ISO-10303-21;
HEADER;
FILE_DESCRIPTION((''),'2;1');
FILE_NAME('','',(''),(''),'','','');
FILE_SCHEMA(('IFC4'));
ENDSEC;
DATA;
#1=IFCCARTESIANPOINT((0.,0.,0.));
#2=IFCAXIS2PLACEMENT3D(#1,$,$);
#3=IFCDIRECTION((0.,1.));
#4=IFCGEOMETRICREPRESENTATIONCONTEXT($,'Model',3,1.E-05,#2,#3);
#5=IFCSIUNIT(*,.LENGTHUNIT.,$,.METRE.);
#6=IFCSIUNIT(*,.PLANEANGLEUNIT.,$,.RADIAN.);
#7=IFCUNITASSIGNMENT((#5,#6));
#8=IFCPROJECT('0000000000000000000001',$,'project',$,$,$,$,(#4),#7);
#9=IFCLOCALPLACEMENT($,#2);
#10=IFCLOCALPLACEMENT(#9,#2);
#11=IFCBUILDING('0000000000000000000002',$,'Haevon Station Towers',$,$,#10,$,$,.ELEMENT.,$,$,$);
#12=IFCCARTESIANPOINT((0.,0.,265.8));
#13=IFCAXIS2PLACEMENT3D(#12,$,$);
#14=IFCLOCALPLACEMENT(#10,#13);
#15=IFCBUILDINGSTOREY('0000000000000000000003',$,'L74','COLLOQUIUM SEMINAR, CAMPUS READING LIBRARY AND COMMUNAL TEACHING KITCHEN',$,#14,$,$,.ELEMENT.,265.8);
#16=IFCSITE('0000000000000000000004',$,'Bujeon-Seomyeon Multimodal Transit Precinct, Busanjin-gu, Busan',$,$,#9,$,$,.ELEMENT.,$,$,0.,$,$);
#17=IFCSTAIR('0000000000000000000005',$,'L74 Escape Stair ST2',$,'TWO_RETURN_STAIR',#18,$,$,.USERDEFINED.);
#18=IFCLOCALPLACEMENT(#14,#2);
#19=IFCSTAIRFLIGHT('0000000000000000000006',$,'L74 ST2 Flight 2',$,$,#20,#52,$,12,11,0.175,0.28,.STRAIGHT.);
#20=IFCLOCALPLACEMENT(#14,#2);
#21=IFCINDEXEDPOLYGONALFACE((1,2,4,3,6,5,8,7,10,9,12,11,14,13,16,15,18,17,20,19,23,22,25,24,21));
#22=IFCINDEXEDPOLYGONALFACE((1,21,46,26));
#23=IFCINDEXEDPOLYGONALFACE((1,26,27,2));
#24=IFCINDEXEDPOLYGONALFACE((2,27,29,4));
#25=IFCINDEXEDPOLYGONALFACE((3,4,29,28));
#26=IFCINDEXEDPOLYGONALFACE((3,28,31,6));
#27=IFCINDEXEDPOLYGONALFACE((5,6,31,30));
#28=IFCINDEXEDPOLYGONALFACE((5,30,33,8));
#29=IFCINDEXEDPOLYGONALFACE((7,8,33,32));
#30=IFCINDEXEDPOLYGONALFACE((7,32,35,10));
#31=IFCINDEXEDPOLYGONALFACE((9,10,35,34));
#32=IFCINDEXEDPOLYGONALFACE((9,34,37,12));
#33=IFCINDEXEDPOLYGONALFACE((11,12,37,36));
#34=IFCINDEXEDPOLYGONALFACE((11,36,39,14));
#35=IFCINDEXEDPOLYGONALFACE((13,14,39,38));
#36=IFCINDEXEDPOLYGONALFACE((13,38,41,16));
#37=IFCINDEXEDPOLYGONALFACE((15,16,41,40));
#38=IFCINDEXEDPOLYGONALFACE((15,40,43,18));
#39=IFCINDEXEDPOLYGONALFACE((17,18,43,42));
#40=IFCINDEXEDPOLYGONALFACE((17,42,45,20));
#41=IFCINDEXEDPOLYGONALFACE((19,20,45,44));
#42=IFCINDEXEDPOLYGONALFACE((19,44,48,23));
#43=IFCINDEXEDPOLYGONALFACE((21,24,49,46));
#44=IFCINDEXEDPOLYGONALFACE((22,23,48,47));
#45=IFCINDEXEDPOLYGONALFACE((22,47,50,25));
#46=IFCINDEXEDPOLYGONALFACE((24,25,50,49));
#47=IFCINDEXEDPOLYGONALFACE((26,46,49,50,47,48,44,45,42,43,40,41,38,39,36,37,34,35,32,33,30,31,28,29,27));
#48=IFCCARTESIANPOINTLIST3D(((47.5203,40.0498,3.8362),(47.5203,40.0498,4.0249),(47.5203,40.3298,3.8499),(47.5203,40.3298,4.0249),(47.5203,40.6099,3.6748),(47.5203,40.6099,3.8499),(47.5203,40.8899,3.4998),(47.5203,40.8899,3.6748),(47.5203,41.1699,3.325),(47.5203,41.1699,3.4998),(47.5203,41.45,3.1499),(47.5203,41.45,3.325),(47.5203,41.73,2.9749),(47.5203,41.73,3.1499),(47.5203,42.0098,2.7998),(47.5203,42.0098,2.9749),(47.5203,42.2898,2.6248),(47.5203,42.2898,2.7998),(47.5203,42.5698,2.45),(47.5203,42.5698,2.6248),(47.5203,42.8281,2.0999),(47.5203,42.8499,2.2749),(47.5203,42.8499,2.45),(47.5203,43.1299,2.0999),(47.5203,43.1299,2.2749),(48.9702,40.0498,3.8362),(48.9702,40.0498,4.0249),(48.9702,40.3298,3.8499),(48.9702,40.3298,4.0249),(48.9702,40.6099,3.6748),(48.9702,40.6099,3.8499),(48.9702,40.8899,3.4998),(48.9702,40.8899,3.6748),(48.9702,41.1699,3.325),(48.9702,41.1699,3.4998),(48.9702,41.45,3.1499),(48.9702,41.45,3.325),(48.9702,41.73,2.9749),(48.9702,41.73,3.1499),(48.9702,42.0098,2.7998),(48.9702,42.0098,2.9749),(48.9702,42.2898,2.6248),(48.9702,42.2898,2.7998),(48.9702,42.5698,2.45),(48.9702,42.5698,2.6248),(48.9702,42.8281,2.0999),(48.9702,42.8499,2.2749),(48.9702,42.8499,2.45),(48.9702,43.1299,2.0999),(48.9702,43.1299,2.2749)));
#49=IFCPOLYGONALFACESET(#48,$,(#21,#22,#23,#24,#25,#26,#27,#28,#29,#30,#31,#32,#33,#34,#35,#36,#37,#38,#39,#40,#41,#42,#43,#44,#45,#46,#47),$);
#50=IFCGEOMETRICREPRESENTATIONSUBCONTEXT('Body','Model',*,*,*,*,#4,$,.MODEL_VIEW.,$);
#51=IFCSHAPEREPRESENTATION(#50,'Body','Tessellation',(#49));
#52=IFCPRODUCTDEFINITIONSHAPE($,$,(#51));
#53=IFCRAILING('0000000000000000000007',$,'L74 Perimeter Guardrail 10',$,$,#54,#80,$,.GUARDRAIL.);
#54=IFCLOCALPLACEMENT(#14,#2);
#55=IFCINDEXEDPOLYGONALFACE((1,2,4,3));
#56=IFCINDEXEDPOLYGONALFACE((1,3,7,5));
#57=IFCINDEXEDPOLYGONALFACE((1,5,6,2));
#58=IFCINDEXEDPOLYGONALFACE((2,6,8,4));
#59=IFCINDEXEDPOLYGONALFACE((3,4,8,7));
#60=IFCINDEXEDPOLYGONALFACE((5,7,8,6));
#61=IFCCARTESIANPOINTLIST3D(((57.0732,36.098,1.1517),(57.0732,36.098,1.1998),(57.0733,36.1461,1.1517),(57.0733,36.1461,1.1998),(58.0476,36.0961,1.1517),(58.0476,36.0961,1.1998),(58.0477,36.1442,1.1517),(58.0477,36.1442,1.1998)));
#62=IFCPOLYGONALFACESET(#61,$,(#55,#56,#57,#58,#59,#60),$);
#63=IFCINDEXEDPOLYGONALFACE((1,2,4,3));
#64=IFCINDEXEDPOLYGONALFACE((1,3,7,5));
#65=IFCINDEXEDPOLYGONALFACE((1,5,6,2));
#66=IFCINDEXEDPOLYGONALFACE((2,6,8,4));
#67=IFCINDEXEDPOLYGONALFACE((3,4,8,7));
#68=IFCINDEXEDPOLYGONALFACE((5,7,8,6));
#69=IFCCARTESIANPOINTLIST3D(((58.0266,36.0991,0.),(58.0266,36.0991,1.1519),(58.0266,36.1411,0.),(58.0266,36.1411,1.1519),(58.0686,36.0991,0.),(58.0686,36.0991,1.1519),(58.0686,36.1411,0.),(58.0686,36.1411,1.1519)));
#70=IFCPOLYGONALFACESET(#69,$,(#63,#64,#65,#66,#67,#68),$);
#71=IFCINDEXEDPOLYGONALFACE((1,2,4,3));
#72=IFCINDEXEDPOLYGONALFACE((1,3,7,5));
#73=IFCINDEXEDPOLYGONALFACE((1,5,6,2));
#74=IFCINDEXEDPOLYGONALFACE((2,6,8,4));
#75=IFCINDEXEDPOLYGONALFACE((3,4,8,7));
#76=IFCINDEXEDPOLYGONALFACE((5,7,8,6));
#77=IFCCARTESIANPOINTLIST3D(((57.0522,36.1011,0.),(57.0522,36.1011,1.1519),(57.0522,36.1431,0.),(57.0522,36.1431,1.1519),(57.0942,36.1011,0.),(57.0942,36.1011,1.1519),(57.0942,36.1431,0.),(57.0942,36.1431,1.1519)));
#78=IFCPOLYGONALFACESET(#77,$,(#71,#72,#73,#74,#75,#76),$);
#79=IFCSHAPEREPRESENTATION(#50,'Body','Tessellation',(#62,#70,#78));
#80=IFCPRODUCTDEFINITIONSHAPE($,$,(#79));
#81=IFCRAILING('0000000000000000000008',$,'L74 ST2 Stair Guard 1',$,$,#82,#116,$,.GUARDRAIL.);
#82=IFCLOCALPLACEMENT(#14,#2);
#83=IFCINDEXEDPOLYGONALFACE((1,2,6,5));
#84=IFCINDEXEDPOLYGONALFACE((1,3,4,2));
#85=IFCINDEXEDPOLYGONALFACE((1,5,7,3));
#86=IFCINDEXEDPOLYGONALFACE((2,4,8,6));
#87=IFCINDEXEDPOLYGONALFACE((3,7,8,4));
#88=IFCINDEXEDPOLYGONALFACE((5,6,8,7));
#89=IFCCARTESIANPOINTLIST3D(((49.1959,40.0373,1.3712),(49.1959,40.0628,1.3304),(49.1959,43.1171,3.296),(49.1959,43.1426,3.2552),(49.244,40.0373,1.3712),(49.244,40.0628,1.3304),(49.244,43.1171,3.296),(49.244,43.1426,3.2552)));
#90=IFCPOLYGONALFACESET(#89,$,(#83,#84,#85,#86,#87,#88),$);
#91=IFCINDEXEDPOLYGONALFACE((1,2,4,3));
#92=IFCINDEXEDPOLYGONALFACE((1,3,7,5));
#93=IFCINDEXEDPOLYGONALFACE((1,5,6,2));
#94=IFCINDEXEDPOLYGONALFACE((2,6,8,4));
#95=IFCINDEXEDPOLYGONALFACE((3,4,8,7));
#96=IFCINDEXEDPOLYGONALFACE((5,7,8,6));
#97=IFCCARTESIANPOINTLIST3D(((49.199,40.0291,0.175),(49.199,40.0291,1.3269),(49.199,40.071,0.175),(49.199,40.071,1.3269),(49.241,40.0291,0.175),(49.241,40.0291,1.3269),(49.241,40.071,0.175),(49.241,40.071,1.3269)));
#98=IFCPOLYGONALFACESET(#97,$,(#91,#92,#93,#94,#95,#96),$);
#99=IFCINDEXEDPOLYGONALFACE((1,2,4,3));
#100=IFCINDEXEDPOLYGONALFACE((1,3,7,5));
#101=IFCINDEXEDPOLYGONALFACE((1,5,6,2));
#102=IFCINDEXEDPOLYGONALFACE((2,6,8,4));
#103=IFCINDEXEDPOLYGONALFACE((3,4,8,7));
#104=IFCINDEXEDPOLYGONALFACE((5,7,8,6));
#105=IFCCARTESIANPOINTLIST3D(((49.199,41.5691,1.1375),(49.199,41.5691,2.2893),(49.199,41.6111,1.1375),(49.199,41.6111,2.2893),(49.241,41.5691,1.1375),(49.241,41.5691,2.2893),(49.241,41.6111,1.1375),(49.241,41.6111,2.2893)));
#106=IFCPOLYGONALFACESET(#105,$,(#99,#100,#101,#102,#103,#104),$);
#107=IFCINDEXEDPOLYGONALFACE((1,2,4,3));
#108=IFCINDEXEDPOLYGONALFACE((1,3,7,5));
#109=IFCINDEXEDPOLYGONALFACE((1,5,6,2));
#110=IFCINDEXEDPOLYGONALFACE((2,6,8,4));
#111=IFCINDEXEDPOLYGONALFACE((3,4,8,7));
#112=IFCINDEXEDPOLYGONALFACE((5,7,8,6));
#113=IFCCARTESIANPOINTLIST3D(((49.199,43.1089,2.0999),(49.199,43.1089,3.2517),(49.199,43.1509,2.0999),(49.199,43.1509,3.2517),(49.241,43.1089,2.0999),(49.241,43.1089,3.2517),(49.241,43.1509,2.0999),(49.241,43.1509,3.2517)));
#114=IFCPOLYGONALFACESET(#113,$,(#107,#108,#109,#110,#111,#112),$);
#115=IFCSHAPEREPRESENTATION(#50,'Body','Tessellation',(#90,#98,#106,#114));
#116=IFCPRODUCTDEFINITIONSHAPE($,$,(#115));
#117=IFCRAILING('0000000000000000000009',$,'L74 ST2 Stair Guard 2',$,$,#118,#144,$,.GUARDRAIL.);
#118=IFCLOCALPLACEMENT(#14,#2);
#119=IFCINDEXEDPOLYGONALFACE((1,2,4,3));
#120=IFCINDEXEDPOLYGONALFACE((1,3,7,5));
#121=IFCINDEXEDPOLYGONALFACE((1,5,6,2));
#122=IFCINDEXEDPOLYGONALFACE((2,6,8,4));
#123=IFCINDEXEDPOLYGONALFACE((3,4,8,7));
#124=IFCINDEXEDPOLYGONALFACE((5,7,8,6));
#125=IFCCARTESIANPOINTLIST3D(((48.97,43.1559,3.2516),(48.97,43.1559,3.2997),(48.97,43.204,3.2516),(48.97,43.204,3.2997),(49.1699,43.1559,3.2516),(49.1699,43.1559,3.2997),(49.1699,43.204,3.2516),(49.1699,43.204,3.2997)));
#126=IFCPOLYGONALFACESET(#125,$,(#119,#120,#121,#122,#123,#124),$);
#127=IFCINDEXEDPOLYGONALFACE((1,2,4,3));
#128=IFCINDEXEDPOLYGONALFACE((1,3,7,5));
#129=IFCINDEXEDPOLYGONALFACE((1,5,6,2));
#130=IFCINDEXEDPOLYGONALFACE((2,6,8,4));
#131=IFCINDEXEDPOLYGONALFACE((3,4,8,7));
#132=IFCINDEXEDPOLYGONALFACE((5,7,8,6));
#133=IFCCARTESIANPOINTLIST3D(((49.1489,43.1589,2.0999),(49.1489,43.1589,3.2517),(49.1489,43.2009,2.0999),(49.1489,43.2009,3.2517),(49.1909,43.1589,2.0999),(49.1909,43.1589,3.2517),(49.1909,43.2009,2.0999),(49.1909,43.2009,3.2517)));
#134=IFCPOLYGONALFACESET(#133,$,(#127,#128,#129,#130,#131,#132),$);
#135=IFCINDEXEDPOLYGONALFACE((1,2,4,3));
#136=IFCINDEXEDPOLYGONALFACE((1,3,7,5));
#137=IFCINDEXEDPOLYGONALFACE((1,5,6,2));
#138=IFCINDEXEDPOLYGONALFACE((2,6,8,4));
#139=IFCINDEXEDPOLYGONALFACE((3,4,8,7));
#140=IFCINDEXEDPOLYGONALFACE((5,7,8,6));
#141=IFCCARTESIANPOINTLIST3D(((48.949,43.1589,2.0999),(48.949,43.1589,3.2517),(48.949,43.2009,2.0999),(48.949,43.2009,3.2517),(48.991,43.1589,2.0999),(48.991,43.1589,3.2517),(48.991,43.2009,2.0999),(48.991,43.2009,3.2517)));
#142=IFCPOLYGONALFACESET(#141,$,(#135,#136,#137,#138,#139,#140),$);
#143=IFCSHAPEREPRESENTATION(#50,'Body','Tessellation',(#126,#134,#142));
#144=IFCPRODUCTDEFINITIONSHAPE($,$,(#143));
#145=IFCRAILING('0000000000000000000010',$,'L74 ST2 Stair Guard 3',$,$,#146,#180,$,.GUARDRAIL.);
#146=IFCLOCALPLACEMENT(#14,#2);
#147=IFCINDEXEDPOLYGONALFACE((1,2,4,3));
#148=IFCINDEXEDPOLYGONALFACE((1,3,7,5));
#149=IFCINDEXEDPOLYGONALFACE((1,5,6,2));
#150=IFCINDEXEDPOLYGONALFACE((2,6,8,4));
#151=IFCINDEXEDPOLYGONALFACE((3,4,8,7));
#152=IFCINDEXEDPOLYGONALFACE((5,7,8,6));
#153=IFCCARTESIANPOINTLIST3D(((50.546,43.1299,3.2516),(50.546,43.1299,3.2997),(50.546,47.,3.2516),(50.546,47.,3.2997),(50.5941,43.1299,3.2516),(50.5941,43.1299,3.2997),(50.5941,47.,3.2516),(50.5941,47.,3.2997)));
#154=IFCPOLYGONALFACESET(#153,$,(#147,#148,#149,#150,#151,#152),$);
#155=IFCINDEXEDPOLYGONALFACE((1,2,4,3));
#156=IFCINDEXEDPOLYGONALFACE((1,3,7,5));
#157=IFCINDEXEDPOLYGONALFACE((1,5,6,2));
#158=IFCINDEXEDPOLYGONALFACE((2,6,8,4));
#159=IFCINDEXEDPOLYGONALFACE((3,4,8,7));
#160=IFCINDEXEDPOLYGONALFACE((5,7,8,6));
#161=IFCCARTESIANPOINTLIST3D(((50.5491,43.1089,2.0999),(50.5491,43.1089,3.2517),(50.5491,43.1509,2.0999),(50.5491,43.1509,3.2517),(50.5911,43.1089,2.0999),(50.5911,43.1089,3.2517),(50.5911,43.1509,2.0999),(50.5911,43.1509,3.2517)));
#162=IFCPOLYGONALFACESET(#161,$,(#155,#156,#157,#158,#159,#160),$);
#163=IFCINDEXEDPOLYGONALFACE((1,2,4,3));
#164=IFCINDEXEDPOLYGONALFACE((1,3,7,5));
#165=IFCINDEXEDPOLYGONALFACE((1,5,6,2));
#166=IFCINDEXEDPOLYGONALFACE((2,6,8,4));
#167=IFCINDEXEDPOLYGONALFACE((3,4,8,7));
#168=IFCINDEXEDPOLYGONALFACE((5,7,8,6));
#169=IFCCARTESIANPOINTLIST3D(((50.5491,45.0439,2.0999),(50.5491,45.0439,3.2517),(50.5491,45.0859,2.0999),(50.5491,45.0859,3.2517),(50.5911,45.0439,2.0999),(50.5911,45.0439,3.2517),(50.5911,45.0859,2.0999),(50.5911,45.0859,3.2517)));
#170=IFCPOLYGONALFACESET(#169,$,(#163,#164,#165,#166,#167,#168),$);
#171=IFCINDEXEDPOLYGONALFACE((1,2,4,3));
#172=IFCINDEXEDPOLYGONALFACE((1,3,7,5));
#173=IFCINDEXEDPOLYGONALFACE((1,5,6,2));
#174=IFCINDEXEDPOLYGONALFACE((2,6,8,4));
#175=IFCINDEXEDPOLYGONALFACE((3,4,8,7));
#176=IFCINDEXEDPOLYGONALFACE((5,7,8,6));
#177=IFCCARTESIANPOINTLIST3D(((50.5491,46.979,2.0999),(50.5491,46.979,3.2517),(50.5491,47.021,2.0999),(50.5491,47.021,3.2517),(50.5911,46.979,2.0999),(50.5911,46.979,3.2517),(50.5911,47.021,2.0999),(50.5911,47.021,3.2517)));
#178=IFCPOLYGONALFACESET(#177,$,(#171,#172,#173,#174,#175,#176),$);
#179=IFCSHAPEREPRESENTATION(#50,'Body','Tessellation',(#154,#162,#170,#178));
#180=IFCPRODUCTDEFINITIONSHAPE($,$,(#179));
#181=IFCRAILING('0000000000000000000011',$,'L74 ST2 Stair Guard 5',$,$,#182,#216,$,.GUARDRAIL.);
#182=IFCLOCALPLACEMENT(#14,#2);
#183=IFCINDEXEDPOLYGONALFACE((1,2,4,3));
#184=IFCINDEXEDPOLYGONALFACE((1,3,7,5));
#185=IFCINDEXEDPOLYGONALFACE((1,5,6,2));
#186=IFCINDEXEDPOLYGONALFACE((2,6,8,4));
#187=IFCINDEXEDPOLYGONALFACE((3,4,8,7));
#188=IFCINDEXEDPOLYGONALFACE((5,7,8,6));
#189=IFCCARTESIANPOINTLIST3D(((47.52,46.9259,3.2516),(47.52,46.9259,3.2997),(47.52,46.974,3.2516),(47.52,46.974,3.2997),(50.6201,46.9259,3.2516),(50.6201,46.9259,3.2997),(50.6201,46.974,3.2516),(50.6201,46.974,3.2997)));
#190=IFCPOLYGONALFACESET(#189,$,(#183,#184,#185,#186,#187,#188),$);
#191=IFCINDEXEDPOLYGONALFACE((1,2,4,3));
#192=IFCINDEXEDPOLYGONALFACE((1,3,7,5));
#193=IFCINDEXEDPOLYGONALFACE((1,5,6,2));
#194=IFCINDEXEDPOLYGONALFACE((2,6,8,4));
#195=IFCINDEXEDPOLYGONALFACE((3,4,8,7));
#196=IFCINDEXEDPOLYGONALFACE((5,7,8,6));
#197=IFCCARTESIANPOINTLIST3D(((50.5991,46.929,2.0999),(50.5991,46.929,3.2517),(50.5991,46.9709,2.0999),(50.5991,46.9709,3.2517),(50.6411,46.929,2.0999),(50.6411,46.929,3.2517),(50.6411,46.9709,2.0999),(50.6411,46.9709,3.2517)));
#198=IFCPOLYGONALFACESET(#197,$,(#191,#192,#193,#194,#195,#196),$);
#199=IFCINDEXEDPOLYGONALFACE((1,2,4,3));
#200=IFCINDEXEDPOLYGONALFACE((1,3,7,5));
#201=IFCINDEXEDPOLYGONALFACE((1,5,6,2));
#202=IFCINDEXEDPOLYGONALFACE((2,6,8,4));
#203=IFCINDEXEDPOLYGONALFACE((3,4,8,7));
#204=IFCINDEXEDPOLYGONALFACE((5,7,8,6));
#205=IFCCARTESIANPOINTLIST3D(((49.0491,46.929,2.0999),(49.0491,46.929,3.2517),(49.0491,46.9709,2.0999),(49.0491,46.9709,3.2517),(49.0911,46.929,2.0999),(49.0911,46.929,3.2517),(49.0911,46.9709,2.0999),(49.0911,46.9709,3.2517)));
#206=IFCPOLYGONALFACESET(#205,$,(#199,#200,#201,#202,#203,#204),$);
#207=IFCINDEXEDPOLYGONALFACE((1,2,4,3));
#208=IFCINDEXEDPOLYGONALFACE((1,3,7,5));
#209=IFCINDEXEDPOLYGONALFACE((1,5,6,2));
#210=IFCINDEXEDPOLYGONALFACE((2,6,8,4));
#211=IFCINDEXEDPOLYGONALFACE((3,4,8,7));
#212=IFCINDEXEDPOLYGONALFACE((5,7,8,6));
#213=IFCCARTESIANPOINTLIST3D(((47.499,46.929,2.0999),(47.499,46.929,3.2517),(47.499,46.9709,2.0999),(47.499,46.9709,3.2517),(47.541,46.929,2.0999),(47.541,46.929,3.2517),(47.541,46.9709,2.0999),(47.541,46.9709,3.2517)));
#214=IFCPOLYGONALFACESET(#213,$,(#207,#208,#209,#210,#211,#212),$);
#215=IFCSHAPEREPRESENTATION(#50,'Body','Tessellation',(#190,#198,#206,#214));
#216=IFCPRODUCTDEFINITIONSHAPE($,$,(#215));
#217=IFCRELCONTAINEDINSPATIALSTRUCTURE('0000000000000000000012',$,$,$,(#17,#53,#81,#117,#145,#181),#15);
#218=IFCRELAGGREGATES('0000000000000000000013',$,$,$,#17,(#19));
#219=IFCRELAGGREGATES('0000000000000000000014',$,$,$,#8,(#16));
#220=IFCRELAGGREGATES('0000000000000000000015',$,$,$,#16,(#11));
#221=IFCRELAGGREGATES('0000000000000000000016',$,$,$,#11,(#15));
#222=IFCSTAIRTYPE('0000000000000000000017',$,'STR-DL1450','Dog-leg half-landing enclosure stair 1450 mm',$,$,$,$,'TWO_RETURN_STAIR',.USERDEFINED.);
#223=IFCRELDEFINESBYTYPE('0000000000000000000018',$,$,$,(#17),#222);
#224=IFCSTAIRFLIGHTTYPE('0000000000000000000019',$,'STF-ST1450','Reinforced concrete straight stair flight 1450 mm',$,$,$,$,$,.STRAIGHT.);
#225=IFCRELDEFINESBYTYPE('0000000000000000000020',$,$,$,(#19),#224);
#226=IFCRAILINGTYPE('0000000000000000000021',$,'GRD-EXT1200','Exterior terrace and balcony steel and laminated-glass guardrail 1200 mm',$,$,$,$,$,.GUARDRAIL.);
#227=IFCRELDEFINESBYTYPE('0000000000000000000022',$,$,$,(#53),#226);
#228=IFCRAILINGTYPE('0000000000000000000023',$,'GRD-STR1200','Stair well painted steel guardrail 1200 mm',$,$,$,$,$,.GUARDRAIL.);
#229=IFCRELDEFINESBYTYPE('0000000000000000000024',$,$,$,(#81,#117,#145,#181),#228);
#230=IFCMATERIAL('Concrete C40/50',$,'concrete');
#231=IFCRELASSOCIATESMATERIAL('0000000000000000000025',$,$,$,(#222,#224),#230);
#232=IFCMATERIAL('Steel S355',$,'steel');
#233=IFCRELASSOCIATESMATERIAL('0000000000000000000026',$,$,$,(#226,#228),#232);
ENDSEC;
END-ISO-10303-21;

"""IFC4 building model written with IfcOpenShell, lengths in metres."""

from ifc_helpers import new_model, si_unit, direction, frame, origin, origin_2d, place, context, subcontext, project, spatial, polyline, rectangle, outline, extrude, material, type_object, element, aggregate, save


model = new_model("IFC4")

# Units and contexts
model_context = context("Model", 3, precision=1e-05, world=origin(), true_north=direction((0.0, 1.0)))
body_context = subcontext(model_context, "Body", "Model", "MODEL_VIEW")
ifc_project = project(units=[si_unit("LENGTHUNIT", "METRE"), si_unit("PLANEANGLEUNIT", "RADIAN")], contexts=[model_context])

# Site, building, storey
site_placement = place(None, origin())
site = spatial("IfcSite", under=ifc_project, at=site_placement, Name="Bujeon-Seomyeon Multimodal Transit Precinct, Busanjin-gu, Busan", CompositionType="ELEMENT", RefElevation=0.0)
building_placement = place(site_placement, origin())
building = spatial("IfcBuilding", under=site, at=building_placement, Name="Haevon Station Towers", CompositionType="ELEMENT")
storey_placement = place(building_placement, frame((0.0, 0.0, 265.8)))
storey = spatial("IfcBuildingStorey", under=building, at=storey_placement, Name="L74", Description="COLLOQUIUM SEMINAR, CAMPUS READING LIBRARY AND COMMUNAL TEACHING KITCHEN", CompositionType="ELEMENT", Elevation=265.8)

# Shared definitions
ifc_material_1 = material(Name="Steel S355", Category="steel")

# Stair, stair flight
ifc_material_2 = material(Name="Concrete C40/50", Category="concrete")
stair_type = type_object("IfcStairType", Name="STR-DL1450", Description="Dog-leg half-landing enclosure stair 1450 mm", ElementType="TWO_RETURN_STAIR", PredefinedType="USERDEFINED", material=ifc_material_2)
stair_placement = place(storey_placement, origin())
stair = element("IfcStair", 1, at=stair_placement, inside=storey, type_object=stair_type, Name="L74 Escape Stair ST2", ObjectType="TWO_RETURN_STAIR", PredefinedType="USERDEFINED")
stair_flight_type = type_object("IfcStairFlightType", Name="STF-ST1450", Description="Reinforced concrete straight stair flight 1450 mm", PredefinedType="STRAIGHT", material=ifc_material_2)
stair_flight_1_placement = place(storey_placement, frame((48.2451, 43.1299, 2.0999), z_axis=(0.0, 0.0, 1.0), x_axis=(0.0, -1.0, 0.0)))
stair_flight_1 = element("IfcStairFlight", 2, at=stair_flight_1_placement, type_object=stair_flight_type, Name="L74 ST2 Flight 2", NumberOfRisers=12, NumberOfTreads=11, PredefinedType="STRAIGHT", RiserHeight=0.175, TreadLength=0.28, context=body_context, shape_type="SweptSolid", body=[
    extrude(outline(polyline([(0.0, 0.0), (0.0, 0.175), (0.28, 0.175), (0.28, 0.3501), (0.5601, 0.3501), (0.5601, 0.5249), (0.8401, 0.5249), (0.8401, 0.7), (1.1201, 0.7), (1.1201, 0.875), (1.3999, 0.875), (1.3999, 1.05), (1.6799, 1.05), (1.6799, 1.2251), (1.96, 1.2251), (1.96, 1.3999), (2.24, 1.3999), (2.24, 1.575), (2.52, 1.575), (2.52, 1.75), (2.8, 1.75), (2.8, 1.925), (3.0801, 1.925), (3.0801, 2.1001), (3.0801, 1.7363), (0.3018, 0.0), (0.0, 0.0)])), frame((0.0, 0.7251, 0.0), z_axis=(0.0, -1.0, 0.0), x_axis=(1.0, 0.0, 0.0)), (0.0, 0.0, 1.0), 1.45),
])
aggregate(stair, [stair_flight_1])

# Railings
railing_type_1 = type_object("IfcRailingType", Name="GRD-EXT1200", Description="Exterior terrace and balcony steel and laminated-glass guardrail 1200 mm", PredefinedType="GUARDRAIL", material=ifc_material_1)
railing_1_placement = place(storey_placement, frame((58.0476, 36.1201, 0.0)))
element("IfcRailing", 3, at=railing_1_placement, inside=storey, type_object=railing_type_1, Name="L74 Perimeter Guardrail 10", PredefinedType="GUARDRAIL", context=body_context, shape_type="SweptSolid", body=[
    extrude(rectangle(XDim=0.0481, YDim=0.0481, at=origin_2d()), frame((0.0, 0.0, 1.1758), z_axis=(-0.999998, 0.002005, 0.0), x_axis=(-0.002005, -0.999998, 0.0)), (0.0, 0.0, 1.0), 0.9744),
    extrude(rectangle(XDim=0.042, YDim=0.042, at=origin_2d()), origin(), (0.0, 0.0, 1.0), 1.1519),
    extrude(rectangle(XDim=0.042, YDim=0.042, at=origin_2d()), frame((-0.9744, 0.002, 0.0)), (0.0, 0.0, 1.0), 1.1519),
])
railing_type_2 = type_object("IfcRailingType", Name="GRD-STR1200", Description="Stair well painted steel guardrail 1200 mm", PredefinedType="GUARDRAIL", material=ifc_material_1)
railing_2_placement = place(storey_placement, frame((49.22, 40.05, 0.175)))
element("IfcRailing", 4, at=railing_2_placement, inside=storey, type_object=railing_type_2, Name="L74 ST2 Stair Guard 1", PredefinedType="GUARDRAIL", context=body_context, shape_type="SweptSolid", body=[
    extrude(rectangle(XDim=0.0481, YDim=0.0481, at=origin_2d()), frame((0.0, 0.0, 1.1758), z_axis=(0.0, 0.84801, 0.529981), x_axis=(-1.0, 0.0, 0.0)), (0.0, 0.0, 1.0), 3.6318),
    extrude(rectangle(XDim=0.042, YDim=0.042, at=origin_2d()), origin(), (0.0, 0.0, 1.0), 1.1519),
    extrude(rectangle(XDim=0.042, YDim=0.042, at=origin_2d()), frame((0.0, 1.54, 0.9624)), (0.0, 0.0, 1.0), 1.1519),
    extrude(rectangle(XDim=0.042, YDim=0.042, at=origin_2d()), frame((0.0, 3.0798, 1.9248)), (0.0, 0.0, 1.0), 1.1519),
])
railing_3_placement = place(storey_placement, frame((49.1699, 43.1799, 2.0999)))
element("IfcRailing", 5, at=railing_3_placement, inside=storey, type_object=railing_type_2, Name="L74 ST2 Stair Guard 2", PredefinedType="GUARDRAIL", context=body_context, shape_type="SweptSolid", body=[
    extrude(rectangle(XDim=0.0481, YDim=0.0481, at=origin_2d()), frame((0.0, 0.0, 1.1758), z_axis=(-1.0, 0.0, 0.0), x_axis=(0.0, -1.0, 0.0)), (0.0, 0.0, 1.0), 0.2),
    extrude(rectangle(XDim=0.042, YDim=0.042, at=origin_2d()), origin(), (0.0, 0.0, 1.0), 1.1519),
    extrude(rectangle(XDim=0.042, YDim=0.042, at=origin_2d()), frame((-0.2, 0.0, 0.0)), (0.0, 0.0, 1.0), 1.1519),
])
railing_4_placement = place(storey_placement, frame((50.5701, 43.1299, 2.0999)))
element("IfcRailing", 6, at=railing_4_placement, inside=storey, type_object=railing_type_2, Name="L74 ST2 Stair Guard 3", PredefinedType="GUARDRAIL", context=body_context, shape_type="SweptSolid", body=[
    extrude(rectangle(XDim=0.0481, YDim=0.0481, at=origin_2d()), frame((0.0, 0.0, 1.1758), z_axis=(0.0, 1.0, 0.0), x_axis=(-1.0, 0.0, 0.0)), (0.0, 0.0, 1.0), 3.8701),
    extrude(rectangle(XDim=0.042, YDim=0.042, at=origin_2d()), origin(), (0.0, 0.0, 1.0), 1.1519),
    extrude(rectangle(XDim=0.042, YDim=0.042, at=origin_2d()), frame((0.0, 1.9351, 0.0)), (0.0, 0.0, 1.0), 1.1519),
    extrude(rectangle(XDim=0.042, YDim=0.042, at=origin_2d()), frame((0.0, 3.8701, 0.0)), (0.0, 0.0, 1.0), 1.1519),
])
railing_5_placement = place(storey_placement, frame((50.6201, 46.95, 2.0999)))
element("IfcRailing", 7, at=railing_5_placement, inside=storey, type_object=railing_type_2, Name="L74 ST2 Stair Guard 5", PredefinedType="GUARDRAIL", context=body_context, shape_type="SweptSolid", body=[
    extrude(rectangle(XDim=0.0481, YDim=0.0481, at=origin_2d()), frame((0.0, 0.0, 1.1758), z_axis=(-1.0, 0.0, 0.0), x_axis=(0.0, -1.0, 0.0)), (0.0, 0.0, 1.0), 3.1001),
    extrude(rectangle(XDim=0.042, YDim=0.042, at=origin_2d()), origin(), (0.0, 0.0, 1.0), 1.1519),
    extrude(rectangle(XDim=0.042, YDim=0.042, at=origin_2d()), frame((-1.55, 0.0, 0.0)), (0.0, 0.0, 1.0), 1.1519),
    extrude(rectangle(XDim=0.042, YDim=0.042, at=origin_2d()), frame((-3.1001, 0.0, 0.0)), (0.0, 0.0, 1.0), 1.1519),
])

save(model, "model.ifc")
